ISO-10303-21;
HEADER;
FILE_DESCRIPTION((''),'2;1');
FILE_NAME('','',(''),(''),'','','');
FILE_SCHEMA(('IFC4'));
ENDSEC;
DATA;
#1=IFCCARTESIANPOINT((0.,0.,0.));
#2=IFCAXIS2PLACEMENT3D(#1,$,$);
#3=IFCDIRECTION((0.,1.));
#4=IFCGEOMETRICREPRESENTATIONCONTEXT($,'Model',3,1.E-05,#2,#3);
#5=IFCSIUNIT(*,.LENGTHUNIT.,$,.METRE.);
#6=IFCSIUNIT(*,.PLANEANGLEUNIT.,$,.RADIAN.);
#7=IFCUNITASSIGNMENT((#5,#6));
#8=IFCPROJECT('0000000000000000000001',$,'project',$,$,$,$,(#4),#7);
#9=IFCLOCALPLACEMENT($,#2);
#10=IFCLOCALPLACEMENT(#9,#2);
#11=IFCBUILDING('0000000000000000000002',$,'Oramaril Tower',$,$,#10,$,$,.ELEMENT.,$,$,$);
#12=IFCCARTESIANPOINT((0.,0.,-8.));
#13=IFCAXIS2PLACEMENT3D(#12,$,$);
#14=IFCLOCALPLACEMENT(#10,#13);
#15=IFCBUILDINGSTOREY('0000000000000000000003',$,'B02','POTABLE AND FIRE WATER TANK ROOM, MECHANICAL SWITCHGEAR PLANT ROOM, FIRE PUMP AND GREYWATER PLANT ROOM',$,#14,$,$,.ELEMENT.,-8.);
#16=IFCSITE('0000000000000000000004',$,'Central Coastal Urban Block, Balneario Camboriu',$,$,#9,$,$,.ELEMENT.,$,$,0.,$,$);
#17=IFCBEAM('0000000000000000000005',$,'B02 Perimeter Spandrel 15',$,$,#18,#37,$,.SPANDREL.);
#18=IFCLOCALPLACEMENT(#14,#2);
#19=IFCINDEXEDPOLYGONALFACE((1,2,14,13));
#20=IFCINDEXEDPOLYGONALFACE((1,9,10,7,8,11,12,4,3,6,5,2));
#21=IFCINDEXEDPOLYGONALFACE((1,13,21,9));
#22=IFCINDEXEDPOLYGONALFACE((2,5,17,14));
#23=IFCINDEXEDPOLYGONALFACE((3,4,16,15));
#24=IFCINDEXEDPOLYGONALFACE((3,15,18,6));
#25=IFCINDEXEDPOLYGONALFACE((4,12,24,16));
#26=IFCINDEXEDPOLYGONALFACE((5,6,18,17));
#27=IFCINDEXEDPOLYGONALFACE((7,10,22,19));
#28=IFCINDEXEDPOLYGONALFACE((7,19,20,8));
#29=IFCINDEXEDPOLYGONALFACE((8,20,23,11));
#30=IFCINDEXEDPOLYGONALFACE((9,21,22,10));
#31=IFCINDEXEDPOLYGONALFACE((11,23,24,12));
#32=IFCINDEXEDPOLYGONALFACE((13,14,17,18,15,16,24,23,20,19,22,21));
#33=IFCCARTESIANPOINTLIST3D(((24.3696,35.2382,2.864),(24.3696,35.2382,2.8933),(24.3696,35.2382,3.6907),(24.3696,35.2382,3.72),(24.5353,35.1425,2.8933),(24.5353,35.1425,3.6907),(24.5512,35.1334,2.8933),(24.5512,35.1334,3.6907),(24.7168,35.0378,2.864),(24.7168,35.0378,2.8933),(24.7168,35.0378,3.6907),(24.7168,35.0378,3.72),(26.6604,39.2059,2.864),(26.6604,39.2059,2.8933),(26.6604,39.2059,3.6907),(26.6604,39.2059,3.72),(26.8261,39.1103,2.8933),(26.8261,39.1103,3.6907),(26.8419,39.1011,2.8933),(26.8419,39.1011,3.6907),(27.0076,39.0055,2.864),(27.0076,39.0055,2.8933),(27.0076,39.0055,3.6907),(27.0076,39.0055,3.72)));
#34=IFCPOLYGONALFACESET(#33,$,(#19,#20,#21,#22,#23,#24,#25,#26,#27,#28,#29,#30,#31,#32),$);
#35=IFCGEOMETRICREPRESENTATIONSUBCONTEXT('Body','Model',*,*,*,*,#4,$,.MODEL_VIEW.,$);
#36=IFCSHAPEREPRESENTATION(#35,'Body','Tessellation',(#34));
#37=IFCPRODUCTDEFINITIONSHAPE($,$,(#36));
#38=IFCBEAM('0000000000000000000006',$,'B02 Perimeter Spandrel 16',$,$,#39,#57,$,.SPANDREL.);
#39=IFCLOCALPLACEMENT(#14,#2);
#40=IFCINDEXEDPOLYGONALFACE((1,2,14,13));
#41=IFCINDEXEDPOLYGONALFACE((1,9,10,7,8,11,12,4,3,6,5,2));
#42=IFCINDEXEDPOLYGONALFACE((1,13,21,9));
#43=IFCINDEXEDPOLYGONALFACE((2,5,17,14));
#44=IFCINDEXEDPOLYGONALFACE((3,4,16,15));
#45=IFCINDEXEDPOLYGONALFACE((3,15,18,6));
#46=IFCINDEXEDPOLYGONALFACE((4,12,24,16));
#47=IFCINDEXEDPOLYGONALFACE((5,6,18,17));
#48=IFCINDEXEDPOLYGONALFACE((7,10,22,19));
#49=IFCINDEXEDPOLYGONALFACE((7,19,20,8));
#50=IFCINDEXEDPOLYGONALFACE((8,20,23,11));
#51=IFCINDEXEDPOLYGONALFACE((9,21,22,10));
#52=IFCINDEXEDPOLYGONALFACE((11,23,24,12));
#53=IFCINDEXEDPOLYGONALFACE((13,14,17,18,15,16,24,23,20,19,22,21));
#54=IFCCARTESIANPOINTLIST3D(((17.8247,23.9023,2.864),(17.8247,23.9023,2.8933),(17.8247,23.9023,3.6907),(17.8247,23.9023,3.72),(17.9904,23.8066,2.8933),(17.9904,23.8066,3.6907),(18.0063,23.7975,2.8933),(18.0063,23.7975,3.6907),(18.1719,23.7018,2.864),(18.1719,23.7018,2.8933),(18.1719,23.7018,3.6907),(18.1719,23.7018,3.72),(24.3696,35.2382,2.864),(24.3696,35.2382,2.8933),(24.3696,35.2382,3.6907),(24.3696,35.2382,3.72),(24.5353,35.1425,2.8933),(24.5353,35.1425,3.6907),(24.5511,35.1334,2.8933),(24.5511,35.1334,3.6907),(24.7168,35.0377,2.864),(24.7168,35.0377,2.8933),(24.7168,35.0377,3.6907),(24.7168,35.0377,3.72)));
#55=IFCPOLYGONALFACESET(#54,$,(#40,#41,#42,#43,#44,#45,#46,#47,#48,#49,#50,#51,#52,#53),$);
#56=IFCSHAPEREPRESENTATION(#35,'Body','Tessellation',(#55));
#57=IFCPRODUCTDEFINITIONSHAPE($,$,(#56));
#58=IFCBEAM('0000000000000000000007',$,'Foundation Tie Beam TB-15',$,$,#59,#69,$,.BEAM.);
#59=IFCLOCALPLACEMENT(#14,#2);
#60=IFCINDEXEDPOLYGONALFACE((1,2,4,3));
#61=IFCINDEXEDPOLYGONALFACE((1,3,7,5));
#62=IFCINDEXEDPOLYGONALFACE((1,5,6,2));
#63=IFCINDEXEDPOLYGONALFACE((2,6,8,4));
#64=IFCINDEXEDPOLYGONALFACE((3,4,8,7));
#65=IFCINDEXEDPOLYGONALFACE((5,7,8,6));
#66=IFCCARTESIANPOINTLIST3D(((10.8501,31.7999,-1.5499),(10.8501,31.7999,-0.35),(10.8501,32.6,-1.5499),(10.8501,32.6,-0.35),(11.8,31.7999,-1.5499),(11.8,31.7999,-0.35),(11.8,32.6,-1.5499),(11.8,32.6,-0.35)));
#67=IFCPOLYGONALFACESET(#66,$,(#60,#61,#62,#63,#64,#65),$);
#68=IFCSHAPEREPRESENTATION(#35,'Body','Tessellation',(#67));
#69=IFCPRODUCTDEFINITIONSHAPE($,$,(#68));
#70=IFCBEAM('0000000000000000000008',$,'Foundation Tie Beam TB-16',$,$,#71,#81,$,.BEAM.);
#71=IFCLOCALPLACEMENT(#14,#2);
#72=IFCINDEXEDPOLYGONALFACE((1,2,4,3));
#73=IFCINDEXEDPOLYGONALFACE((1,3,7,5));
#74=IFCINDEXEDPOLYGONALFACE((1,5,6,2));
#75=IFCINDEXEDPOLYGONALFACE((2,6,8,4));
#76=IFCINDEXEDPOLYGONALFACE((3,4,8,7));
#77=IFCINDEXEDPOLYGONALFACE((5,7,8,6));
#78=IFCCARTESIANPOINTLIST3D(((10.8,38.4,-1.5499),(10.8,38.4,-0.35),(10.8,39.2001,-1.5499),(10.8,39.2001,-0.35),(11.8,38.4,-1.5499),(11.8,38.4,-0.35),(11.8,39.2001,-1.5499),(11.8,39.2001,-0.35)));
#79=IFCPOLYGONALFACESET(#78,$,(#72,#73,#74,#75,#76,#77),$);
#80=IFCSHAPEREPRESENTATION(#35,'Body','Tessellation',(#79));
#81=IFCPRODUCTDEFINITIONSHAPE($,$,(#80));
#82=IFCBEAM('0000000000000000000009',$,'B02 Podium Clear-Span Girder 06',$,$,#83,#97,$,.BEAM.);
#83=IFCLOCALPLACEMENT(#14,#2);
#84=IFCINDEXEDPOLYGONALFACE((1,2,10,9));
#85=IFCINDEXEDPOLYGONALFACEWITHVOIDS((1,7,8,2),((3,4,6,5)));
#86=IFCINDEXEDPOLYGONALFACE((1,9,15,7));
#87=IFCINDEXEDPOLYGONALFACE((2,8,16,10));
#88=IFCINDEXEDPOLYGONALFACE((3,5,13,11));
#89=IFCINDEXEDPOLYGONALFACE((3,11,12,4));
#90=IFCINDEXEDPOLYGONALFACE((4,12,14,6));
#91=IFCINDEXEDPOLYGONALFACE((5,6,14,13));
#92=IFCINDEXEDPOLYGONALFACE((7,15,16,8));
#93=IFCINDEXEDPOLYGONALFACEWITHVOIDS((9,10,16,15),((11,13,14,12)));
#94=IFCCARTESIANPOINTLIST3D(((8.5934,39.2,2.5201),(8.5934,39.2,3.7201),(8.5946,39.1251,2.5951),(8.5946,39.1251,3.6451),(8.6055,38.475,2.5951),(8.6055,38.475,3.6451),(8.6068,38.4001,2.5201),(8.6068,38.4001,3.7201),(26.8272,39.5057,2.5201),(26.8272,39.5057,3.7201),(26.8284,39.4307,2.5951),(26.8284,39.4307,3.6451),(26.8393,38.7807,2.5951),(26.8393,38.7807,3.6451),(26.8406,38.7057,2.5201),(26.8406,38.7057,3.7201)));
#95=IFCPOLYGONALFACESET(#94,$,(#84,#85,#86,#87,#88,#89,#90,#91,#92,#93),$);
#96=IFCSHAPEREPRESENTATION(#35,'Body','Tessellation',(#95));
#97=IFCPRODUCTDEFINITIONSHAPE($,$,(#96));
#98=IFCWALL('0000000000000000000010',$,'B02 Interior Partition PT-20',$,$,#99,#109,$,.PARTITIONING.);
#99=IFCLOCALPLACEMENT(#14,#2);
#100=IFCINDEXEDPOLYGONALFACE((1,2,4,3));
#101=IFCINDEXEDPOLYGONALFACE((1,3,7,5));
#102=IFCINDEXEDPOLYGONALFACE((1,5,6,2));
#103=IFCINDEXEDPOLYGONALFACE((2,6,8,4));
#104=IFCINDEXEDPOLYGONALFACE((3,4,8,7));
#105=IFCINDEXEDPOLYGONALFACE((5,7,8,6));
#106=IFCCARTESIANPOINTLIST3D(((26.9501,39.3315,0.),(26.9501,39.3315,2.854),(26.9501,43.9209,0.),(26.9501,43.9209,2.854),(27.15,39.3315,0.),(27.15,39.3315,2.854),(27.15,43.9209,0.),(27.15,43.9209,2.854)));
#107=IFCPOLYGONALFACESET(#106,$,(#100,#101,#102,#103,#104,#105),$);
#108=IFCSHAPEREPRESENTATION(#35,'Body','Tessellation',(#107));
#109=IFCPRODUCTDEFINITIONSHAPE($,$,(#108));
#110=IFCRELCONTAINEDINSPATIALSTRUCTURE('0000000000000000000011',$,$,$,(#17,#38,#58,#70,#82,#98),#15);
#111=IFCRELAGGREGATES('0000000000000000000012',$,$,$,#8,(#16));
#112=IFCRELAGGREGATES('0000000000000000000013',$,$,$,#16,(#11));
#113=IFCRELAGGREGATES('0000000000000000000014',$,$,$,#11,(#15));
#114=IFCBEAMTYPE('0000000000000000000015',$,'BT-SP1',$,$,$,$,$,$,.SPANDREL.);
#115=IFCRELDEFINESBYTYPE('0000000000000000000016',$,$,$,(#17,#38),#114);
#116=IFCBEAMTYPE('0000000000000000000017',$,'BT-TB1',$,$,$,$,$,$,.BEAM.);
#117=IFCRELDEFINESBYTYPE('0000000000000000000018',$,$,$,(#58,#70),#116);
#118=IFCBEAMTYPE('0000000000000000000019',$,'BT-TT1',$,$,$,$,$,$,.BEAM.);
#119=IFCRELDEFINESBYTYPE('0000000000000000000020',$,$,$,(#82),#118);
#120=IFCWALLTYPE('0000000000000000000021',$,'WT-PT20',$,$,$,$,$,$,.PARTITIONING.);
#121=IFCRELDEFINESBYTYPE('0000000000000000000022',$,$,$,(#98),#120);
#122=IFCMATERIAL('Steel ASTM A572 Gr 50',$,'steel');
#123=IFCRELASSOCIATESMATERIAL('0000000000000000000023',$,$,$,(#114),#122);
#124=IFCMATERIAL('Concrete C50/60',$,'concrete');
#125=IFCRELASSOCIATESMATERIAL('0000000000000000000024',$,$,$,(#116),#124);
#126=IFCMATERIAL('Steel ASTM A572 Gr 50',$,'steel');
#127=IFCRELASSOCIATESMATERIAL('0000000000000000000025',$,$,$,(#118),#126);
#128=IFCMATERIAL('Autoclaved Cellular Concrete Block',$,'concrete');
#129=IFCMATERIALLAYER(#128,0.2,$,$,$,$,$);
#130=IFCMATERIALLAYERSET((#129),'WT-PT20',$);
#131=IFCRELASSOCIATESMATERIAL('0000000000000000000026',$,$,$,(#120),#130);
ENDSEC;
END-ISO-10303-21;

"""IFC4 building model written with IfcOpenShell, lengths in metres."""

from ifc_helpers import new_model, si_unit, direction, frame, frame_2d, origin, origin_2d, place, context, subcontext, project, spatial, rectangle, hollow_rectangle, i_section, extrude, material, layer, layer_set, material_profile, profile_set, type_object, element, save


model = new_model("IFC4")

# Units and contexts
model_context = context("Model", 3, precision=1e-05, world=origin(), true_north=direction((0.0, 1.0)))
body_context = subcontext(model_context, "Body", "Model", "MODEL_VIEW")
ifc_project = project(units=[si_unit("LENGTHUNIT", "METRE"), si_unit("PLANEANGLEUNIT", "RADIAN")], contexts=[model_context])

# Site, building, storey
site_placement = place(None, origin())
site = spatial("IfcSite", under=ifc_project, at=site_placement, Name="Central Coastal Urban Block, Balneario Camboriu", CompositionType="ELEMENT", RefElevation=0.0)
building_placement = place(site_placement, origin())
building = spatial("IfcBuilding", under=site, at=building_placement, Name="Oramaril Tower", CompositionType="ELEMENT")
storey_placement = place(building_placement, frame((0.0, 0.0, -8.0)))
storey = spatial("IfcBuildingStorey", under=building, at=storey_placement, Name="B02", Description="POTABLE AND FIRE WATER TANK ROOM, MECHANICAL SWITCHGEAR PLANT ROOM, FIRE PUMP AND GREYWATER PLANT ROOM", CompositionType="ELEMENT", Elevation=-8.0)

# Beams
ifc_material_1 = material(Name="Steel ASTM A572 Gr 50", Category="steel")
ifc_material_profile_1 = material_profile(ifc_material_1, i_section(OverallWidth=0.4009, OverallDepth=0.856, WebThickness=0.0183, FlangeThickness=0.0293, at=origin_2d()), Name="W33X201")
ifc_profile_set_1 = profile_set([ifc_material_profile_1], Name="Steel ASTM A572 Gr 50")
beam_type_1 = type_object("IfcBeamType", Name="BT-SP1", PredefinedType="SPANDREL", material=ifc_profile_set_1)
beam_1_placement = place(storey_placement, frame((26.834, 39.1057, 3.292), z_axis=(-0.499996, -0.866028, 0.0), x_axis=(0.866028, -0.499996, 0.0)))
element("IfcBeam", 1, at=beam_1_placement, inside=storey, type_object=beam_type_1, Name="B02 Perimeter Spandrel 15", PredefinedType="SPANDREL", context=body_context, shape_type="SweptSolid", body=[
    extrude(i_section(OverallWidth=0.4009, OverallDepth=0.856, WebThickness=0.0183, FlangeThickness=0.0293, at=origin_2d()), origin(), (0.0, 0.0, 1.0), 4.5815),
])
beam_2_placement = place(storey_placement, frame((24.5432, 35.1379, 3.292), z_axis=(-0.500007, -0.866022, 0.0), x_axis=(0.866022, -0.500007, 0.0)))
element("IfcBeam", 2, at=beam_2_placement, inside=storey, type_object=beam_type_1, Name="B02 Perimeter Spandrel 16", PredefinedType="SPANDREL", context=body_context, shape_type="SweptSolid", body=[
    extrude(i_section(OverallWidth=0.4009, OverallDepth=0.856, WebThickness=0.0183, FlangeThickness=0.0293, at=origin_2d()), origin(), (0.0, 0.0, 1.0), 13.0896),
])
ifc_material_2 = material(Name="Concrete C50/60", Category="concrete")
ifc_material_profile_2 = material_profile(ifc_material_2, rectangle(XDim=0.8, YDim=1.2, at=origin_2d()), Name="TB800X1200")
ifc_profile_set_2 = profile_set([ifc_material_profile_2], Name="Concrete C50/60")
beam_type_2 = type_object("IfcBeamType", Name="BT-TB1", PredefinedType="BEAM", material=ifc_profile_set_2)
beam_3_placement = place(storey_placement, frame((10.8501, 32.2, -0.95), z_axis=(1.0, 0.0, 0.0), x_axis=(0.0, 1.0, 0.0)))
element("IfcBeam", 3, at=beam_3_placement, inside=storey, type_object=beam_type_2, Name="Foundation Tie Beam TB-15", PredefinedType="BEAM", context=body_context, shape_type="SweptSolid", body=[
    extrude(rectangle(XDim=0.8, YDim=1.2, at=origin_2d()), origin(), (0.0, 0.0, 1.0), 0.95),
])
beam_4_placement = place(storey_placement, frame((10.8, 38.8, -0.95), z_axis=(1.0, 0.0, 0.0), x_axis=(0.0, 1.0, 0.0)))
element("IfcBeam", 4, at=beam_4_placement, inside=storey, type_object=beam_type_2, Name="Foundation Tie Beam TB-16", PredefinedType="BEAM", context=body_context, shape_type="SweptSolid", body=[
    extrude(rectangle(XDim=0.8, YDim=1.2, at=origin_2d()), origin(), (0.0, 0.0, 1.0), 1.0),
])
ifc_material_3 = material(Name="Steel ASTM A572 Gr 50", Category="steel")
ifc_material_profile_3 = material_profile(ifc_material_3, hollow_rectangle(XDim=0.8, YDim=1.2, WallThickness=0.075, at=origin_2d()), Name="BOX1200X800X75")
ifc_profile_set_3 = profile_set([ifc_material_profile_3], Name="Steel ASTM A572 Gr 50")
beam_type_3 = type_object("IfcBeamType", Name="BT-TT1", PredefinedType="BEAM", material=ifc_profile_set_3)
beam_5_placement = place(storey_placement, frame((8.6001, 38.8, 3.1201), z_axis=(0.99986, 0.016761, 0.0), x_axis=(-0.016761, 0.99986, 0.0)))
element("IfcBeam", 5, at=beam_5_placement, inside=storey, type_object=beam_type_3, Name="B02 Podium Clear-Span Girder 06", PredefinedType="BEAM", context=body_context, shape_type="SweptSolid", body=[
    extrude(hollow_rectangle(XDim=0.8, YDim=1.2, WallThickness=0.075, at=origin_2d()), origin(), (0.0, 0.0, 1.0), 18.2363),
])

# Wall
ifc_material_4 = material(Name="Autoclaved Cellular Concrete Block", Category="concrete")
ifc_layer = layer(ifc_material_4, 0.2)
ifc_layer_set = layer_set([ifc_layer], Name="WT-PT20")
wall_type = type_object("IfcWallType", Name="WT-PT20", PredefinedType="PARTITIONING", material=ifc_layer_set)
wall_placement = place(storey_placement, frame((27.05, 39.3315, 0.0), z_axis=(0.0, 0.0, 1.0), x_axis=(0.0, 1.0, 0.0)))
element("IfcWall", 6, at=wall_placement, inside=storey, type_object=wall_type, Name="B02 Interior Partition PT-20", PredefinedType="PARTITIONING", context=body_context, shape_type="SweptSolid", body=[
    extrude(rectangle(XDim=4.5894, YDim=0.2, at=frame_2d((2.2947, 0.0))), origin(), (0.0, 0.0, 1.0), 2.854),
])

save(model, "model.ifc")
